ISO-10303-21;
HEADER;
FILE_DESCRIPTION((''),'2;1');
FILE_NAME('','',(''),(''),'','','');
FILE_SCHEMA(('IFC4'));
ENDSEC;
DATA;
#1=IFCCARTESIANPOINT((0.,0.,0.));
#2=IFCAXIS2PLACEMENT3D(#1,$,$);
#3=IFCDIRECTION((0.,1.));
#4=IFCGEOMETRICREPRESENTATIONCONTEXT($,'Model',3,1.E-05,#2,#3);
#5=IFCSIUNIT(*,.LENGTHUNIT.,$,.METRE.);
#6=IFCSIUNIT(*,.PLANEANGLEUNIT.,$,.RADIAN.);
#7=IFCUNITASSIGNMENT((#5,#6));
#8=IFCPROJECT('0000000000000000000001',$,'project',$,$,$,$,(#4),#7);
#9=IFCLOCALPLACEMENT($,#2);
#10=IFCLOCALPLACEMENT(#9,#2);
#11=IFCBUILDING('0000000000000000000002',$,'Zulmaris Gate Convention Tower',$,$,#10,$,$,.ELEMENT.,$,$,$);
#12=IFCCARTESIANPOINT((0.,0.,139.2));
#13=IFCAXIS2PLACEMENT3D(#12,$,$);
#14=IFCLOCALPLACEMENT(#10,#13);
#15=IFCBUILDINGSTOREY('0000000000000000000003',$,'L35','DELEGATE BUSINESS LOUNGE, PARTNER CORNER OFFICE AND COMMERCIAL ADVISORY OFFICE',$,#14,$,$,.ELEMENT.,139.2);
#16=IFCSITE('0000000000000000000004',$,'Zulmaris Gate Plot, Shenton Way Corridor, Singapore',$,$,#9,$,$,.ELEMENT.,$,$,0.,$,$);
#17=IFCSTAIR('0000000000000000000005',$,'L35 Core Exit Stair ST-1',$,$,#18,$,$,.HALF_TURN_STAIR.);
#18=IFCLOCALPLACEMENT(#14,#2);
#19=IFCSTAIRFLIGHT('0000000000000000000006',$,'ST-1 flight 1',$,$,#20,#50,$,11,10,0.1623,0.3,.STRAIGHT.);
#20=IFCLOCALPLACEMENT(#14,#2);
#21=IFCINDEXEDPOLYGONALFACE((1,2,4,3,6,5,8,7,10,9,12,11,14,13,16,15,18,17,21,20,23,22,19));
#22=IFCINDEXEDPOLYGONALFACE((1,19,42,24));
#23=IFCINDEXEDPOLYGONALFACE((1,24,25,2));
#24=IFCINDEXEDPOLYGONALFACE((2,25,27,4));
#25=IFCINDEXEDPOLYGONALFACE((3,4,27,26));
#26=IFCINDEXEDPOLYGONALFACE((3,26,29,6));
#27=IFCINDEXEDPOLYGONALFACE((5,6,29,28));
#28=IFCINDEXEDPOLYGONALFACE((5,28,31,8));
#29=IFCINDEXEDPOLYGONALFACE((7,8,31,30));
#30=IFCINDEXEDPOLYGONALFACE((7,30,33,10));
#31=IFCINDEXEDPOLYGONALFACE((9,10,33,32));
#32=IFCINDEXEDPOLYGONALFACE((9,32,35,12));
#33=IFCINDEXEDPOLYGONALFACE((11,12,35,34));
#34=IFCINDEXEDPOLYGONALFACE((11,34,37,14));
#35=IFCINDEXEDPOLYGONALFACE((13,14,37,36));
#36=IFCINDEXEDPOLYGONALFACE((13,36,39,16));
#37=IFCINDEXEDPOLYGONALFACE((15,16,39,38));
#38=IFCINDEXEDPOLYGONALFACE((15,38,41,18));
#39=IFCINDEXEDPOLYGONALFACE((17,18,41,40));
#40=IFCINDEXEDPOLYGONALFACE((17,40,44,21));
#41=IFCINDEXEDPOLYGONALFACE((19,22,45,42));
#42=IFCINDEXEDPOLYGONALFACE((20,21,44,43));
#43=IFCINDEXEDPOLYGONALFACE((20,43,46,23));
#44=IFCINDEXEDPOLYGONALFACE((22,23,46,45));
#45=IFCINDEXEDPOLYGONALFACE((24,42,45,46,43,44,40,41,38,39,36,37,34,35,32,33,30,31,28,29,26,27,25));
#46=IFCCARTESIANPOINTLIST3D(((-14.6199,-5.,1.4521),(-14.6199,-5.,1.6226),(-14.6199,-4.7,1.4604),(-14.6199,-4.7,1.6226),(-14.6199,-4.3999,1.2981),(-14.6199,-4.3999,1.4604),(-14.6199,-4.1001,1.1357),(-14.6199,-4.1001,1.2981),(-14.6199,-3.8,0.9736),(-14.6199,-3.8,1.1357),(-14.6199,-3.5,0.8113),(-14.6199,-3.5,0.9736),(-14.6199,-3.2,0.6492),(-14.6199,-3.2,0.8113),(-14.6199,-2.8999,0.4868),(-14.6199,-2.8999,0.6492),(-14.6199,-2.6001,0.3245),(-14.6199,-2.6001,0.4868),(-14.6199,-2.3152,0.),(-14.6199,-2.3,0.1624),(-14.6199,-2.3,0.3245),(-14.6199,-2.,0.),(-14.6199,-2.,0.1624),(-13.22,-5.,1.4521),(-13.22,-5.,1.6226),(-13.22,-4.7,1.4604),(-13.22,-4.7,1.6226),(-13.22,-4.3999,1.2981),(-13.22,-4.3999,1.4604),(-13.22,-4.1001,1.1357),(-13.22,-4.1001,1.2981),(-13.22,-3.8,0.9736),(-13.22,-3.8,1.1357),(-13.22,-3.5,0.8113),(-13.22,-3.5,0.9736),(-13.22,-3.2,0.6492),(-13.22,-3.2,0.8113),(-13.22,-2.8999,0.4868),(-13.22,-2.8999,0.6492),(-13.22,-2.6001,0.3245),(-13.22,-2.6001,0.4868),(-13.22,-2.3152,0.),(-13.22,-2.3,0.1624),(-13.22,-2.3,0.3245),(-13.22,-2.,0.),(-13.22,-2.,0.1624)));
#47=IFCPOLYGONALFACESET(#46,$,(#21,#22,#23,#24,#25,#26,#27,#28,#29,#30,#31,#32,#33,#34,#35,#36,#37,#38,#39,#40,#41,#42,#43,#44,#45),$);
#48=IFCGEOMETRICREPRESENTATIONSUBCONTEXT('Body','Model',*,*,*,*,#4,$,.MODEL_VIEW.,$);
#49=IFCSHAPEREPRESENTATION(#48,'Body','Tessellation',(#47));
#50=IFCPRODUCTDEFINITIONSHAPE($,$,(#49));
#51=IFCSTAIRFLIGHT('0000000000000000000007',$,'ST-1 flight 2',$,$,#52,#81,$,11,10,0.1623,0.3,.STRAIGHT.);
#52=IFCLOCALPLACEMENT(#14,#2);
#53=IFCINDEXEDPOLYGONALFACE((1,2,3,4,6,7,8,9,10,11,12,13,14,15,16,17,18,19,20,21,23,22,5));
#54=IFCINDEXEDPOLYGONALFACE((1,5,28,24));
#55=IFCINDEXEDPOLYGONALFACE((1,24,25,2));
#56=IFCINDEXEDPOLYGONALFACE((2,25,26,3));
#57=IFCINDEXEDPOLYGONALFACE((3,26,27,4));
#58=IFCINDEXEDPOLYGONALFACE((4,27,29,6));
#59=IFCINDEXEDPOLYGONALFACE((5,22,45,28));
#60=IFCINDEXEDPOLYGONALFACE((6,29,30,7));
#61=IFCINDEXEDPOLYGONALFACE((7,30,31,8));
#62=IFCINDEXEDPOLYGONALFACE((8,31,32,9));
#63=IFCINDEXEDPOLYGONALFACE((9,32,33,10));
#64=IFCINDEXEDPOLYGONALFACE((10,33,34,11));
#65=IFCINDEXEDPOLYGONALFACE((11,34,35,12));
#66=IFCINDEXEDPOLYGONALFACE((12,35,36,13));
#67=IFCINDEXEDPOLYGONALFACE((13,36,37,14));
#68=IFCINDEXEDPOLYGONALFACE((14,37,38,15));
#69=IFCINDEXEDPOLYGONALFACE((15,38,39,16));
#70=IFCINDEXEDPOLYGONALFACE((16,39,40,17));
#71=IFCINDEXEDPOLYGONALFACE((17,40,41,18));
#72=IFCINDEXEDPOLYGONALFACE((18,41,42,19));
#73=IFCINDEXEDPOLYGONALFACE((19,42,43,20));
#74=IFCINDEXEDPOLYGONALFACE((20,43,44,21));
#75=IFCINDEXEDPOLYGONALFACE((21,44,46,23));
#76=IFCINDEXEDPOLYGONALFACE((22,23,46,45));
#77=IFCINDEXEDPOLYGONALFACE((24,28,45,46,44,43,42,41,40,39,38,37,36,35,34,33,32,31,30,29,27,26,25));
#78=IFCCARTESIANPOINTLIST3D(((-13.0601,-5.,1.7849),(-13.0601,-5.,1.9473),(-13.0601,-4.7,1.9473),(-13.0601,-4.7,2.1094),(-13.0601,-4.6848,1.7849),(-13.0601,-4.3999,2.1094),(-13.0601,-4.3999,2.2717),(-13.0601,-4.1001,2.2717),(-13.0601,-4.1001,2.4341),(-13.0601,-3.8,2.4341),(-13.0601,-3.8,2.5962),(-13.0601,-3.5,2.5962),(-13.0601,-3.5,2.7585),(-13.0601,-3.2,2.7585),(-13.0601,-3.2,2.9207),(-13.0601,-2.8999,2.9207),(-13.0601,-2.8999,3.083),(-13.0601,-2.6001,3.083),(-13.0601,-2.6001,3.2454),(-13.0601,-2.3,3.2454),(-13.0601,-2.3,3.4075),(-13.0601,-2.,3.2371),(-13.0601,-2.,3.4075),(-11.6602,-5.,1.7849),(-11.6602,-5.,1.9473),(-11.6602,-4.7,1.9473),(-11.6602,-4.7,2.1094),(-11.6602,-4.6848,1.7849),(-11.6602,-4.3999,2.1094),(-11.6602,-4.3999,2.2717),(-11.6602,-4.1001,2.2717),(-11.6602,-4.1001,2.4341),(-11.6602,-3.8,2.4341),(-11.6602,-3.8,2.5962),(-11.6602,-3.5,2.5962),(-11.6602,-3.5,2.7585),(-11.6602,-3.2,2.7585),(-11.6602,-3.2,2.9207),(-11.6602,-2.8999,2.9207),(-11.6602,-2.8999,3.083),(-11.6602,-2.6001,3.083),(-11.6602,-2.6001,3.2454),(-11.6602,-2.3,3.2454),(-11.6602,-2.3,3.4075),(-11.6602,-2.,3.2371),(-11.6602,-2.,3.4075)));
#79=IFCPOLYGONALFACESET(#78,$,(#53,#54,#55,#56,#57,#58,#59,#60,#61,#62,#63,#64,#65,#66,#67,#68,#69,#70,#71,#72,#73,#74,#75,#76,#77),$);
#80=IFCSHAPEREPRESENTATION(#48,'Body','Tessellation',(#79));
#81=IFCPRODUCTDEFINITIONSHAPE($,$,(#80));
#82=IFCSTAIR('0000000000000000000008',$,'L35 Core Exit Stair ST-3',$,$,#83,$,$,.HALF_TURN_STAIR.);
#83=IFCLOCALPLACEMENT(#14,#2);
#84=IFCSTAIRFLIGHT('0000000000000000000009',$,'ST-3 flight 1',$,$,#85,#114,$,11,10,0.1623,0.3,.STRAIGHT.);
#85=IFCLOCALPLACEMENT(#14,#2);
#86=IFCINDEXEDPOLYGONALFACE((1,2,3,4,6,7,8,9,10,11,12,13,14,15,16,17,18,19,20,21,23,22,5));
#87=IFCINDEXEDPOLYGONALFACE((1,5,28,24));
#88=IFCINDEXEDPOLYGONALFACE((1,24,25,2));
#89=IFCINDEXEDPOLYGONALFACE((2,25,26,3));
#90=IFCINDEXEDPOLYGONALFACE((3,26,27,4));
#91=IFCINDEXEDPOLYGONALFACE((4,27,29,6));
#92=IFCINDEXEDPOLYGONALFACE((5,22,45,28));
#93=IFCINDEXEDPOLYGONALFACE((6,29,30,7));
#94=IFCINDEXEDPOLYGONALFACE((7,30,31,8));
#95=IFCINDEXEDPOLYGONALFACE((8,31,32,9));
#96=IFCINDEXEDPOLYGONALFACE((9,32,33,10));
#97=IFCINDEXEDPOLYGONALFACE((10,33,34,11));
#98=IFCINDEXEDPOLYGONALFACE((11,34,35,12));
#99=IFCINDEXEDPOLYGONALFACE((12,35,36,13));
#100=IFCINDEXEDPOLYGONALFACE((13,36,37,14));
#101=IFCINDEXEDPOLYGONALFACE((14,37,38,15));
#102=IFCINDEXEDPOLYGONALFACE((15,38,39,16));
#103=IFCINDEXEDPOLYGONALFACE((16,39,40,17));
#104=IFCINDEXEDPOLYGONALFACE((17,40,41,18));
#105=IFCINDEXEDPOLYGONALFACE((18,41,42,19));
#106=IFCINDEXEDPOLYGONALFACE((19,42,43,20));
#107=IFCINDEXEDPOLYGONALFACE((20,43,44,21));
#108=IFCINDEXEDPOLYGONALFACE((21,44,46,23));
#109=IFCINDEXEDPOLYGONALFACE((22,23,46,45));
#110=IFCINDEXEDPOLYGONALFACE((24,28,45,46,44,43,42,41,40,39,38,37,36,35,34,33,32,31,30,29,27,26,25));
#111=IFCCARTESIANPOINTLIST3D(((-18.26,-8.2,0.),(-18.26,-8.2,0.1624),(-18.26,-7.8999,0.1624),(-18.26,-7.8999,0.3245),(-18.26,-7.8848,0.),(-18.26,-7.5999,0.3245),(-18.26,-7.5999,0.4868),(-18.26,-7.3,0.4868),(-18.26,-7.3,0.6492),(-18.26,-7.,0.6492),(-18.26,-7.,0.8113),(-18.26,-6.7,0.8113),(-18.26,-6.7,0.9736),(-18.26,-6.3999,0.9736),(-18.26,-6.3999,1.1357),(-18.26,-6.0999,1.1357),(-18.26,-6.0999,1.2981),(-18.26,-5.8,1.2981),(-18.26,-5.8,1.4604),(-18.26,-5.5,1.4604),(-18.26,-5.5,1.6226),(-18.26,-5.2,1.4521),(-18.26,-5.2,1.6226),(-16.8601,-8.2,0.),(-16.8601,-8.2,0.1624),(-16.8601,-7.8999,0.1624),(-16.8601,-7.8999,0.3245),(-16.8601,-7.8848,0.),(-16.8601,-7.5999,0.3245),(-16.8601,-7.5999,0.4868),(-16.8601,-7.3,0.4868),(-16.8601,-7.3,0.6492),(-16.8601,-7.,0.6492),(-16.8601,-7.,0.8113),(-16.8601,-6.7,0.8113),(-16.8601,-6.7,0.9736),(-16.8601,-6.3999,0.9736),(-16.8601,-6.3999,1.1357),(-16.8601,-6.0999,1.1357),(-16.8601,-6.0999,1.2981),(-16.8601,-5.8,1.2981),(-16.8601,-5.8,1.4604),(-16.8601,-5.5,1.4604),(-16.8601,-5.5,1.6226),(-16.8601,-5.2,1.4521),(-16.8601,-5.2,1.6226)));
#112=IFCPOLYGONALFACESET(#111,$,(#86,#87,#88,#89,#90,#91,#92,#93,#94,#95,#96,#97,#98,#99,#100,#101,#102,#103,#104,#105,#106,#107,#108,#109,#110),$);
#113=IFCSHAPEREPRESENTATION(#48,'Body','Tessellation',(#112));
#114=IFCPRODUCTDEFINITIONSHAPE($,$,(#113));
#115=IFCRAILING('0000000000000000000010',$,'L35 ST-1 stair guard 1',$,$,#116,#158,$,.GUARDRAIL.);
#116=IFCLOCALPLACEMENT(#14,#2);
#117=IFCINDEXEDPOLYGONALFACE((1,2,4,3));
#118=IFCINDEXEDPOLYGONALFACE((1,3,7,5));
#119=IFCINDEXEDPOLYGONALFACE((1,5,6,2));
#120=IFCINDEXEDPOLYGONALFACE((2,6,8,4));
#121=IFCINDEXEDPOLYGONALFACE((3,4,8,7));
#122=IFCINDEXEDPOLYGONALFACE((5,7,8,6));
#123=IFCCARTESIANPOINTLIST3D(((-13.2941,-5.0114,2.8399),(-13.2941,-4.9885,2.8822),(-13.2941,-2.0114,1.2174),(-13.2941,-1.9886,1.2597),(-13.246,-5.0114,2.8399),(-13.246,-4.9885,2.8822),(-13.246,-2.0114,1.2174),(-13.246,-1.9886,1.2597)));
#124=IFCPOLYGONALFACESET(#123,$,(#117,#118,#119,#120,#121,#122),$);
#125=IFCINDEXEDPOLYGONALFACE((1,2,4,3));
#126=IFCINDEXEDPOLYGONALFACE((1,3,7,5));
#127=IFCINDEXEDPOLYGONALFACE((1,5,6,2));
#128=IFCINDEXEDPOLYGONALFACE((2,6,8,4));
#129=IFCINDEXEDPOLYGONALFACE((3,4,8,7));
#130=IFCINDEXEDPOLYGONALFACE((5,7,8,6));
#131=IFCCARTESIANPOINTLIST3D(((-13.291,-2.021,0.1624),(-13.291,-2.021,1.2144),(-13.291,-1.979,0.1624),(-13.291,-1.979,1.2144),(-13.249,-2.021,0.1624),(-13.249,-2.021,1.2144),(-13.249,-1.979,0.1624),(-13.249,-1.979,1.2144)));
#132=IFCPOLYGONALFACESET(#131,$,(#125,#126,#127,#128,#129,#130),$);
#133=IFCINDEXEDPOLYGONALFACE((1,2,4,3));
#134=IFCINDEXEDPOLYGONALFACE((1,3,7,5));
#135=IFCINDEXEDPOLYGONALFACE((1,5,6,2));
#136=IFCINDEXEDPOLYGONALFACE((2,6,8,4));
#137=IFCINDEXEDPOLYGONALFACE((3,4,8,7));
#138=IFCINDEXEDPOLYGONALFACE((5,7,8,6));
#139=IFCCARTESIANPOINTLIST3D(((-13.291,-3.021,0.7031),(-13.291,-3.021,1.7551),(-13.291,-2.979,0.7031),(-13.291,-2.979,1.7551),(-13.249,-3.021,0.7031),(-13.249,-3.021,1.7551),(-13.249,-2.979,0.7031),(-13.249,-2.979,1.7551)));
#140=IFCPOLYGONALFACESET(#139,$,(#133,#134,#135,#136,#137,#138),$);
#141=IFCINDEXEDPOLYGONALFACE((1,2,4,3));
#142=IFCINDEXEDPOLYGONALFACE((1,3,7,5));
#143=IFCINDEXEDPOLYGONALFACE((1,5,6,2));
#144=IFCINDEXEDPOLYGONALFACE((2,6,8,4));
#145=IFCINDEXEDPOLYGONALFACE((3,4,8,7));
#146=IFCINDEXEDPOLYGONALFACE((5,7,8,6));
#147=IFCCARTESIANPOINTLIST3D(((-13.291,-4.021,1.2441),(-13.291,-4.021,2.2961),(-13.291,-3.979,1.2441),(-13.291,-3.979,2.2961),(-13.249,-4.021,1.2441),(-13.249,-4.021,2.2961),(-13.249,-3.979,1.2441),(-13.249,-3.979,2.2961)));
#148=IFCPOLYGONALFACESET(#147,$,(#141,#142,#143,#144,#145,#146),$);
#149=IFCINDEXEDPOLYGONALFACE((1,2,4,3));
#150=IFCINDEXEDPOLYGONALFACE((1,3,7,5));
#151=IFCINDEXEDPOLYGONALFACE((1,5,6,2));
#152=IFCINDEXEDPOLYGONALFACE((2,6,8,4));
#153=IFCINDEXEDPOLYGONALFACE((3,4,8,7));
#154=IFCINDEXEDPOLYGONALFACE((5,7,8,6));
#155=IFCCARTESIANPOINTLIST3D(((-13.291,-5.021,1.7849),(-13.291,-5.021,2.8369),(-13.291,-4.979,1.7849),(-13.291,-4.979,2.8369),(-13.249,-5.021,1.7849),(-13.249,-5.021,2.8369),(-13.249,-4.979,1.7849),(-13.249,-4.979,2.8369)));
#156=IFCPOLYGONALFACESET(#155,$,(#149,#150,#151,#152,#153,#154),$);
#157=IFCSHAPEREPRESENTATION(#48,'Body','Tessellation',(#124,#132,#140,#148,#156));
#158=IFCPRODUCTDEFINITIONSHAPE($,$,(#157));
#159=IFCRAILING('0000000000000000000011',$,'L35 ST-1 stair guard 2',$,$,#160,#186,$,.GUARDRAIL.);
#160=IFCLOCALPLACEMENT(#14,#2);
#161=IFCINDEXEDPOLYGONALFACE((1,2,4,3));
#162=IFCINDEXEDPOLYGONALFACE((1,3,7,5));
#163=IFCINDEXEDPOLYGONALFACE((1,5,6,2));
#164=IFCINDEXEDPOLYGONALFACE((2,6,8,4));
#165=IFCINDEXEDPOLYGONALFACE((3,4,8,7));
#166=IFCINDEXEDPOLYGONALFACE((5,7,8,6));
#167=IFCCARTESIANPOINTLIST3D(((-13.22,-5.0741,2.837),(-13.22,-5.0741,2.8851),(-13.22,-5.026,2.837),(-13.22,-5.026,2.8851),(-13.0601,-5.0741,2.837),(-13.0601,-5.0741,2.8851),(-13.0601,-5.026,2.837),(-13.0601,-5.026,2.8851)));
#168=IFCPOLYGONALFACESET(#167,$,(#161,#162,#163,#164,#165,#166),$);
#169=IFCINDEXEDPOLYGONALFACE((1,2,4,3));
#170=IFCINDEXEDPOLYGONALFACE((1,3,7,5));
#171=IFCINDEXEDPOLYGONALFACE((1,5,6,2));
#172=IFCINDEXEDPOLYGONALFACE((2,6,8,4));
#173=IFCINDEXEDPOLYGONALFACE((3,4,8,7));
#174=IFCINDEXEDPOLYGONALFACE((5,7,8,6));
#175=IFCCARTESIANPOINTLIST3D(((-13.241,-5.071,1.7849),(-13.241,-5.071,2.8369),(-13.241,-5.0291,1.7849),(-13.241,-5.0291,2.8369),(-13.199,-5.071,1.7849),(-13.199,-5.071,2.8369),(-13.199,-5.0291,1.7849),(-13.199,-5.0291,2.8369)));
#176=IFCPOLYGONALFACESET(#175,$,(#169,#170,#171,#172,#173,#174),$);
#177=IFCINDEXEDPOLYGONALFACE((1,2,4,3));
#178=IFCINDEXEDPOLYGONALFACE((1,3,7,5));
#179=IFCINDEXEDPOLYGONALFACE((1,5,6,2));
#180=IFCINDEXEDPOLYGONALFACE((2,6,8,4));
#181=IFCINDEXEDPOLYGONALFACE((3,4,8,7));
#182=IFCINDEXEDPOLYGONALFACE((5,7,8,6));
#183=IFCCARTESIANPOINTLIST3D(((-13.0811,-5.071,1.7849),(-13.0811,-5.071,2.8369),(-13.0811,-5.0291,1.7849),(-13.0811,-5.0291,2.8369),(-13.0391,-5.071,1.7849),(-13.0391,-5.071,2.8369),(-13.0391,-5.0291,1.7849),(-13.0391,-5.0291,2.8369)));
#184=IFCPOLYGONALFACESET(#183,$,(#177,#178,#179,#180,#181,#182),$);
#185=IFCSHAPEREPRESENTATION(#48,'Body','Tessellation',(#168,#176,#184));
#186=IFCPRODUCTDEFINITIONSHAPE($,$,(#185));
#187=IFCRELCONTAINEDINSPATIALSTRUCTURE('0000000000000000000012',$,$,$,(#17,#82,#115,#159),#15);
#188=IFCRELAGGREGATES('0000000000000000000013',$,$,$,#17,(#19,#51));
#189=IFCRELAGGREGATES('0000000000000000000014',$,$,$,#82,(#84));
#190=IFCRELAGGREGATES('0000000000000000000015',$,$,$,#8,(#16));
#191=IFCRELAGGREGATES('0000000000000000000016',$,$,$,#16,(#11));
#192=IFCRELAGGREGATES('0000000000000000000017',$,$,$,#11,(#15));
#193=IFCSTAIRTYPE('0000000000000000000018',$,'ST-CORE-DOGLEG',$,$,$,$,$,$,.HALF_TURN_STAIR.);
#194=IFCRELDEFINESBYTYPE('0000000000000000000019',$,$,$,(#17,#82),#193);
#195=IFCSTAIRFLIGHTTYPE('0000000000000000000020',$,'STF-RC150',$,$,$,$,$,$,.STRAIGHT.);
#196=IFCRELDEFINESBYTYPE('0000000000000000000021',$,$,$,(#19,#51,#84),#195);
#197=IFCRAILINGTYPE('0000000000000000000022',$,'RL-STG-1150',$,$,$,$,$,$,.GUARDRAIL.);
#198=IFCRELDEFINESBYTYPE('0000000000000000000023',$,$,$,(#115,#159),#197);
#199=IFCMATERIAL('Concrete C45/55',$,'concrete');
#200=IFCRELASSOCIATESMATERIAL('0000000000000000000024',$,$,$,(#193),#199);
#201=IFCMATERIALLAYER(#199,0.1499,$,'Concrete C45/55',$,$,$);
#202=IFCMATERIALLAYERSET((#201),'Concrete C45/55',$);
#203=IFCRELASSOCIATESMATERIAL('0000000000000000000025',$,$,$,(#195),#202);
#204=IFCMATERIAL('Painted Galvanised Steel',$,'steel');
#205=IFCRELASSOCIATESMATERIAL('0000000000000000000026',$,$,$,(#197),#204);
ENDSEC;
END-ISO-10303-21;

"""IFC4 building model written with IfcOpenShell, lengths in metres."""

from ifc_helpers import new_model, si_unit, direction, frame, origin, origin_2d, place, context, subcontext, project, spatial, polyline, rectangle, outline, extrude, material, layer, layer_set, type_object, element, aggregate, save


model = new_model("IFC4")

# Units and contexts
model_context = context("Model", 3, precision=1e-05, world=origin(), true_north=direction((0.0, 1.0)))
body_context = subcontext(model_context, "Body", "Model", "MODEL_VIEW")
ifc_project = project(units=[si_unit("LENGTHUNIT", "METRE"), si_unit("PLANEANGLEUNIT", "RADIAN")], contexts=[model_context])

# Site, building, storey
site_placement = place(None, origin())
site = spatial("IfcSite", under=ifc_project, at=site_placement, Name="Zulmaris Gate Plot, Shenton Way Corridor, Singapore", CompositionType="ELEMENT", RefElevation=0.0)
building_placement = place(site_placement, origin())
building = spatial("IfcBuilding", under=site, at=building_placement, Name="Zulmaris Gate Convention Tower", CompositionType="ELEMENT")
storey_placement = place(building_placement, frame((0.0, 0.0, 139.2)))
storey = spatial("IfcBuildingStorey", under=building, at=storey_placement, Name="L35", Description="DELEGATE BUSINESS LOUNGE, PARTNER CORNER OFFICE AND COMMERCIAL ADVISORY OFFICE", CompositionType="ELEMENT", Elevation=139.2)

# Stair, stair flights
ifc_material_1 = material(Name="Concrete C45/55", Category="concrete")
stair_type = type_object("IfcStairType", Name="ST-CORE-DOGLEG", PredefinedType="HALF_TURN_STAIR", material=ifc_material_1)
stair_1_placement = place(storey_placement, origin())
stair_1 = element("IfcStair", 1, at=stair_1_placement, inside=storey, type_object=stair_type, Name="L35 Core Exit Stair ST-1", PredefinedType="HALF_TURN_STAIR")
ifc_layer_1 = layer(ifc_material_1, 0.1499, Name="Concrete C45/55")
ifc_layer_set_1 = layer_set([ifc_layer_1], Name="Concrete C45/55")
stair_flight_type = type_object("IfcStairFlightType", Name="STF-RC150", PredefinedType="STRAIGHT", material=ifc_layer_set_1)
stair_flight_1_placement = place(storey_placement, frame((-13.9199, -2.0, 0.0), z_axis=(0.0, 0.0, 1.0), x_axis=(0.0, -1.0, 0.0)))
stair_flight_1 = element("IfcStairFlight", 2, at=stair_flight_1_placement, type_object=stair_flight_type, Name="ST-1 flight 1", NumberOfRisers=11, NumberOfTreads=10, PredefinedType="STRAIGHT", RiserHeight=0.1623, TreadLength=0.3, context=body_context, shape_type="SweptSolid", body=[
    extrude(outline(polyline([(0.0, 0.0), (0.0, 0.1624), (0.3, 0.1624), (0.3, 0.3245), (0.6001, 0.3245), (0.6001, 0.4868), (0.8999, 0.4868), (0.8999, 0.6492), (1.2, 0.6492), (1.2, 0.8113), (1.5, 0.8113), (1.5, 0.9736), (1.8, 0.9736), (1.8, 1.1357), (2.1001, 1.1357), (2.1001, 1.2981), (2.3999, 1.2981), (2.3999, 1.4604), (2.7, 1.4604), (2.7, 1.6226), (3.0, 1.6226), (3.0, 1.7849), (3.0, 1.4521), (0.3152, 0.0), (0.0, 0.0)])), frame((0.0, 0.7, 0.0), z_axis=(0.0, -1.0, 0.0), x_axis=(1.0, 0.0, 0.0)), (0.0, 0.0, 1.0), 1.3999),
])
stair_flight_2_placement = place(storey_placement, frame((-12.3601, -5.0, 1.7849), z_axis=(0.0, 0.0, 1.0), x_axis=(0.0, 1.0, 0.0)))
stair_flight_2 = element("IfcStairFlight", 3, at=stair_flight_2_placement, type_object=stair_flight_type, Name="ST-1 flight 2", NumberOfRisers=11, NumberOfTreads=10, PredefinedType="STRAIGHT", RiserHeight=0.1623, TreadLength=0.3, context=body_context, shape_type="SweptSolid", body=[
    extrude(outline(polyline([(0.0, 0.0), (0.0, 0.1624), (0.3, 0.1624), (0.3, 0.3245), (0.6001, 0.3245), (0.6001, 0.4868), (0.8999, 0.4868), (0.8999, 0.6492), (1.2, 0.6492), (1.2, 0.8113), (1.5, 0.8113), (1.5, 0.9736), (1.8, 0.9736), (1.8, 1.1357), (2.1001, 1.1357), (2.1001, 1.2981), (2.3999, 1.2981), (2.3999, 1.4604), (2.7, 1.4604), (2.7, 1.6226), (3.0, 1.6226), (3.0, 1.7849), (3.0, 1.4521), (0.3152, 0.0), (0.0, 0.0)])), frame((0.0, 0.7, 0.0), z_axis=(0.0, -1.0, 0.0), x_axis=(1.0, 0.0, 0.0)), (0.0, 0.0, 1.0), 1.3999),
])
aggregate(stair_1, [stair_flight_1, stair_flight_2])

# Stair, stair flight
stair_2_placement = place(storey_placement, origin())
stair_2 = element("IfcStair", 4, at=stair_2_placement, inside=storey, type_object=stair_type, Name="L35 Core Exit Stair ST-3", PredefinedType="HALF_TURN_STAIR")
stair_flight_3_placement = place(storey_placement, frame((-17.5601, -8.2, 0.0), z_axis=(0.0, 0.0, 1.0), x_axis=(0.0, 1.0, 0.0)))
stair_flight_3 = element("IfcStairFlight", 5, at=stair_flight_3_placement, type_object=stair_flight_type, Name="ST-3 flight 1", NumberOfRisers=11, NumberOfTreads=10, PredefinedType="STRAIGHT", RiserHeight=0.1623, TreadLength=0.3, context=body_context, shape_type="SweptSolid", body=[
    extrude(outline(polyline([(0.0, 0.0), (0.0, 0.1624), (0.3, 0.1624), (0.3, 0.3245), (0.6001, 0.3245), (0.6001, 0.4868), (0.8999, 0.4868), (0.8999, 0.6492), (1.2, 0.6492), (1.2, 0.8113), (1.5, 0.8113), (1.5, 0.9736), (1.8, 0.9736), (1.8, 1.1357), (2.1001, 1.1357), (2.1001, 1.2981), (2.3999, 1.2981), (2.3999, 1.4604), (2.7, 1.4604), (2.7, 1.6226), (3.0, 1.6226), (3.0, 1.7849), (3.0, 1.4521), (0.3152, 0.0), (0.0, 0.0)])), frame((0.0, 0.7, 0.0), z_axis=(0.0, -1.0, 0.0), x_axis=(1.0, 0.0, 0.0)), (0.0, 0.0, 1.0), 1.3999),
])
aggregate(stair_2, [stair_flight_3])

# Railings
ifc_material_2 = material(Name="Painted Galvanised Steel", Category="steel")
railing_type_1 = type_object("IfcRailingType", Name="RL-STG-1150", PredefinedType="GUARDRAIL", material=ifc_material_2)
railing_1_placement = place(storey_placement, frame((-13.27, -2.0, 0.1624)))
element("IfcRailing", 6, at=railing_1_placement, inside=storey, type_object=railing_type_1, Name="L35 ST-1 stair guard 1", PredefinedType="GUARDRAIL", context=body_context, shape_type="SweptSolid", body=[
    extrude(rectangle(XDim=0.0481, YDim=0.0481, at=origin_2d()), frame((0.0, 0.0, 1.0762), z_axis=(0.0, -0.879592, 0.47573), x_axis=(1.0, 0.0, 0.0)), (0.0, 0.0, 1.0), 3.4106),
    extrude(rectangle(XDim=0.042, YDim=0.042, at=origin_2d()), origin(), (0.0, 0.0, 1.0), 1.052),
    extrude(rectangle(XDim=0.042, YDim=0.042, at=origin_2d()), frame((0.0, -1.0, 0.5408)), (0.0, 0.0, 1.0), 1.052),
    extrude(rectangle(XDim=0.042, YDim=0.042, at=origin_2d()), frame((0.0, -2.0, 1.0818)), (0.0, 0.0, 1.0), 1.052),
    extrude(rectangle(XDim=0.042, YDim=0.042, at=origin_2d()), frame((0.0, -3.0, 1.6226)), (0.0, 0.0, 1.0), 1.052),
])
railing_2_placement = place(storey_placement, frame((-13.22, -5.05, 1.7849)))
element("IfcRailing", 7, at=railing_2_placement, inside=storey, type_object=railing_type_1, Name="L35 ST-1 stair guard 2", PredefinedType="GUARDRAIL", context=body_context, shape_type="SweptSolid", body=[
    extrude(rectangle(XDim=0.0481, YDim=0.0481, at=origin_2d()), frame((0.0, 0.0, 1.0762), z_axis=(1.0, 0.0, 0.0), x_axis=(0.0, 1.0, 0.0)), (0.0, 0.0, 1.0), 0.1599),
    extrude(rectangle(XDim=0.042, YDim=0.042, at=origin_2d()), origin(), (0.0, 0.0, 1.0), 1.052),
    extrude(rectangle(XDim=0.042, YDim=0.042, at=origin_2d()), frame((0.1599, 0.0, 0.0)), (0.0, 0.0, 1.0), 1.052),
])

save(model, "model.ifc")
